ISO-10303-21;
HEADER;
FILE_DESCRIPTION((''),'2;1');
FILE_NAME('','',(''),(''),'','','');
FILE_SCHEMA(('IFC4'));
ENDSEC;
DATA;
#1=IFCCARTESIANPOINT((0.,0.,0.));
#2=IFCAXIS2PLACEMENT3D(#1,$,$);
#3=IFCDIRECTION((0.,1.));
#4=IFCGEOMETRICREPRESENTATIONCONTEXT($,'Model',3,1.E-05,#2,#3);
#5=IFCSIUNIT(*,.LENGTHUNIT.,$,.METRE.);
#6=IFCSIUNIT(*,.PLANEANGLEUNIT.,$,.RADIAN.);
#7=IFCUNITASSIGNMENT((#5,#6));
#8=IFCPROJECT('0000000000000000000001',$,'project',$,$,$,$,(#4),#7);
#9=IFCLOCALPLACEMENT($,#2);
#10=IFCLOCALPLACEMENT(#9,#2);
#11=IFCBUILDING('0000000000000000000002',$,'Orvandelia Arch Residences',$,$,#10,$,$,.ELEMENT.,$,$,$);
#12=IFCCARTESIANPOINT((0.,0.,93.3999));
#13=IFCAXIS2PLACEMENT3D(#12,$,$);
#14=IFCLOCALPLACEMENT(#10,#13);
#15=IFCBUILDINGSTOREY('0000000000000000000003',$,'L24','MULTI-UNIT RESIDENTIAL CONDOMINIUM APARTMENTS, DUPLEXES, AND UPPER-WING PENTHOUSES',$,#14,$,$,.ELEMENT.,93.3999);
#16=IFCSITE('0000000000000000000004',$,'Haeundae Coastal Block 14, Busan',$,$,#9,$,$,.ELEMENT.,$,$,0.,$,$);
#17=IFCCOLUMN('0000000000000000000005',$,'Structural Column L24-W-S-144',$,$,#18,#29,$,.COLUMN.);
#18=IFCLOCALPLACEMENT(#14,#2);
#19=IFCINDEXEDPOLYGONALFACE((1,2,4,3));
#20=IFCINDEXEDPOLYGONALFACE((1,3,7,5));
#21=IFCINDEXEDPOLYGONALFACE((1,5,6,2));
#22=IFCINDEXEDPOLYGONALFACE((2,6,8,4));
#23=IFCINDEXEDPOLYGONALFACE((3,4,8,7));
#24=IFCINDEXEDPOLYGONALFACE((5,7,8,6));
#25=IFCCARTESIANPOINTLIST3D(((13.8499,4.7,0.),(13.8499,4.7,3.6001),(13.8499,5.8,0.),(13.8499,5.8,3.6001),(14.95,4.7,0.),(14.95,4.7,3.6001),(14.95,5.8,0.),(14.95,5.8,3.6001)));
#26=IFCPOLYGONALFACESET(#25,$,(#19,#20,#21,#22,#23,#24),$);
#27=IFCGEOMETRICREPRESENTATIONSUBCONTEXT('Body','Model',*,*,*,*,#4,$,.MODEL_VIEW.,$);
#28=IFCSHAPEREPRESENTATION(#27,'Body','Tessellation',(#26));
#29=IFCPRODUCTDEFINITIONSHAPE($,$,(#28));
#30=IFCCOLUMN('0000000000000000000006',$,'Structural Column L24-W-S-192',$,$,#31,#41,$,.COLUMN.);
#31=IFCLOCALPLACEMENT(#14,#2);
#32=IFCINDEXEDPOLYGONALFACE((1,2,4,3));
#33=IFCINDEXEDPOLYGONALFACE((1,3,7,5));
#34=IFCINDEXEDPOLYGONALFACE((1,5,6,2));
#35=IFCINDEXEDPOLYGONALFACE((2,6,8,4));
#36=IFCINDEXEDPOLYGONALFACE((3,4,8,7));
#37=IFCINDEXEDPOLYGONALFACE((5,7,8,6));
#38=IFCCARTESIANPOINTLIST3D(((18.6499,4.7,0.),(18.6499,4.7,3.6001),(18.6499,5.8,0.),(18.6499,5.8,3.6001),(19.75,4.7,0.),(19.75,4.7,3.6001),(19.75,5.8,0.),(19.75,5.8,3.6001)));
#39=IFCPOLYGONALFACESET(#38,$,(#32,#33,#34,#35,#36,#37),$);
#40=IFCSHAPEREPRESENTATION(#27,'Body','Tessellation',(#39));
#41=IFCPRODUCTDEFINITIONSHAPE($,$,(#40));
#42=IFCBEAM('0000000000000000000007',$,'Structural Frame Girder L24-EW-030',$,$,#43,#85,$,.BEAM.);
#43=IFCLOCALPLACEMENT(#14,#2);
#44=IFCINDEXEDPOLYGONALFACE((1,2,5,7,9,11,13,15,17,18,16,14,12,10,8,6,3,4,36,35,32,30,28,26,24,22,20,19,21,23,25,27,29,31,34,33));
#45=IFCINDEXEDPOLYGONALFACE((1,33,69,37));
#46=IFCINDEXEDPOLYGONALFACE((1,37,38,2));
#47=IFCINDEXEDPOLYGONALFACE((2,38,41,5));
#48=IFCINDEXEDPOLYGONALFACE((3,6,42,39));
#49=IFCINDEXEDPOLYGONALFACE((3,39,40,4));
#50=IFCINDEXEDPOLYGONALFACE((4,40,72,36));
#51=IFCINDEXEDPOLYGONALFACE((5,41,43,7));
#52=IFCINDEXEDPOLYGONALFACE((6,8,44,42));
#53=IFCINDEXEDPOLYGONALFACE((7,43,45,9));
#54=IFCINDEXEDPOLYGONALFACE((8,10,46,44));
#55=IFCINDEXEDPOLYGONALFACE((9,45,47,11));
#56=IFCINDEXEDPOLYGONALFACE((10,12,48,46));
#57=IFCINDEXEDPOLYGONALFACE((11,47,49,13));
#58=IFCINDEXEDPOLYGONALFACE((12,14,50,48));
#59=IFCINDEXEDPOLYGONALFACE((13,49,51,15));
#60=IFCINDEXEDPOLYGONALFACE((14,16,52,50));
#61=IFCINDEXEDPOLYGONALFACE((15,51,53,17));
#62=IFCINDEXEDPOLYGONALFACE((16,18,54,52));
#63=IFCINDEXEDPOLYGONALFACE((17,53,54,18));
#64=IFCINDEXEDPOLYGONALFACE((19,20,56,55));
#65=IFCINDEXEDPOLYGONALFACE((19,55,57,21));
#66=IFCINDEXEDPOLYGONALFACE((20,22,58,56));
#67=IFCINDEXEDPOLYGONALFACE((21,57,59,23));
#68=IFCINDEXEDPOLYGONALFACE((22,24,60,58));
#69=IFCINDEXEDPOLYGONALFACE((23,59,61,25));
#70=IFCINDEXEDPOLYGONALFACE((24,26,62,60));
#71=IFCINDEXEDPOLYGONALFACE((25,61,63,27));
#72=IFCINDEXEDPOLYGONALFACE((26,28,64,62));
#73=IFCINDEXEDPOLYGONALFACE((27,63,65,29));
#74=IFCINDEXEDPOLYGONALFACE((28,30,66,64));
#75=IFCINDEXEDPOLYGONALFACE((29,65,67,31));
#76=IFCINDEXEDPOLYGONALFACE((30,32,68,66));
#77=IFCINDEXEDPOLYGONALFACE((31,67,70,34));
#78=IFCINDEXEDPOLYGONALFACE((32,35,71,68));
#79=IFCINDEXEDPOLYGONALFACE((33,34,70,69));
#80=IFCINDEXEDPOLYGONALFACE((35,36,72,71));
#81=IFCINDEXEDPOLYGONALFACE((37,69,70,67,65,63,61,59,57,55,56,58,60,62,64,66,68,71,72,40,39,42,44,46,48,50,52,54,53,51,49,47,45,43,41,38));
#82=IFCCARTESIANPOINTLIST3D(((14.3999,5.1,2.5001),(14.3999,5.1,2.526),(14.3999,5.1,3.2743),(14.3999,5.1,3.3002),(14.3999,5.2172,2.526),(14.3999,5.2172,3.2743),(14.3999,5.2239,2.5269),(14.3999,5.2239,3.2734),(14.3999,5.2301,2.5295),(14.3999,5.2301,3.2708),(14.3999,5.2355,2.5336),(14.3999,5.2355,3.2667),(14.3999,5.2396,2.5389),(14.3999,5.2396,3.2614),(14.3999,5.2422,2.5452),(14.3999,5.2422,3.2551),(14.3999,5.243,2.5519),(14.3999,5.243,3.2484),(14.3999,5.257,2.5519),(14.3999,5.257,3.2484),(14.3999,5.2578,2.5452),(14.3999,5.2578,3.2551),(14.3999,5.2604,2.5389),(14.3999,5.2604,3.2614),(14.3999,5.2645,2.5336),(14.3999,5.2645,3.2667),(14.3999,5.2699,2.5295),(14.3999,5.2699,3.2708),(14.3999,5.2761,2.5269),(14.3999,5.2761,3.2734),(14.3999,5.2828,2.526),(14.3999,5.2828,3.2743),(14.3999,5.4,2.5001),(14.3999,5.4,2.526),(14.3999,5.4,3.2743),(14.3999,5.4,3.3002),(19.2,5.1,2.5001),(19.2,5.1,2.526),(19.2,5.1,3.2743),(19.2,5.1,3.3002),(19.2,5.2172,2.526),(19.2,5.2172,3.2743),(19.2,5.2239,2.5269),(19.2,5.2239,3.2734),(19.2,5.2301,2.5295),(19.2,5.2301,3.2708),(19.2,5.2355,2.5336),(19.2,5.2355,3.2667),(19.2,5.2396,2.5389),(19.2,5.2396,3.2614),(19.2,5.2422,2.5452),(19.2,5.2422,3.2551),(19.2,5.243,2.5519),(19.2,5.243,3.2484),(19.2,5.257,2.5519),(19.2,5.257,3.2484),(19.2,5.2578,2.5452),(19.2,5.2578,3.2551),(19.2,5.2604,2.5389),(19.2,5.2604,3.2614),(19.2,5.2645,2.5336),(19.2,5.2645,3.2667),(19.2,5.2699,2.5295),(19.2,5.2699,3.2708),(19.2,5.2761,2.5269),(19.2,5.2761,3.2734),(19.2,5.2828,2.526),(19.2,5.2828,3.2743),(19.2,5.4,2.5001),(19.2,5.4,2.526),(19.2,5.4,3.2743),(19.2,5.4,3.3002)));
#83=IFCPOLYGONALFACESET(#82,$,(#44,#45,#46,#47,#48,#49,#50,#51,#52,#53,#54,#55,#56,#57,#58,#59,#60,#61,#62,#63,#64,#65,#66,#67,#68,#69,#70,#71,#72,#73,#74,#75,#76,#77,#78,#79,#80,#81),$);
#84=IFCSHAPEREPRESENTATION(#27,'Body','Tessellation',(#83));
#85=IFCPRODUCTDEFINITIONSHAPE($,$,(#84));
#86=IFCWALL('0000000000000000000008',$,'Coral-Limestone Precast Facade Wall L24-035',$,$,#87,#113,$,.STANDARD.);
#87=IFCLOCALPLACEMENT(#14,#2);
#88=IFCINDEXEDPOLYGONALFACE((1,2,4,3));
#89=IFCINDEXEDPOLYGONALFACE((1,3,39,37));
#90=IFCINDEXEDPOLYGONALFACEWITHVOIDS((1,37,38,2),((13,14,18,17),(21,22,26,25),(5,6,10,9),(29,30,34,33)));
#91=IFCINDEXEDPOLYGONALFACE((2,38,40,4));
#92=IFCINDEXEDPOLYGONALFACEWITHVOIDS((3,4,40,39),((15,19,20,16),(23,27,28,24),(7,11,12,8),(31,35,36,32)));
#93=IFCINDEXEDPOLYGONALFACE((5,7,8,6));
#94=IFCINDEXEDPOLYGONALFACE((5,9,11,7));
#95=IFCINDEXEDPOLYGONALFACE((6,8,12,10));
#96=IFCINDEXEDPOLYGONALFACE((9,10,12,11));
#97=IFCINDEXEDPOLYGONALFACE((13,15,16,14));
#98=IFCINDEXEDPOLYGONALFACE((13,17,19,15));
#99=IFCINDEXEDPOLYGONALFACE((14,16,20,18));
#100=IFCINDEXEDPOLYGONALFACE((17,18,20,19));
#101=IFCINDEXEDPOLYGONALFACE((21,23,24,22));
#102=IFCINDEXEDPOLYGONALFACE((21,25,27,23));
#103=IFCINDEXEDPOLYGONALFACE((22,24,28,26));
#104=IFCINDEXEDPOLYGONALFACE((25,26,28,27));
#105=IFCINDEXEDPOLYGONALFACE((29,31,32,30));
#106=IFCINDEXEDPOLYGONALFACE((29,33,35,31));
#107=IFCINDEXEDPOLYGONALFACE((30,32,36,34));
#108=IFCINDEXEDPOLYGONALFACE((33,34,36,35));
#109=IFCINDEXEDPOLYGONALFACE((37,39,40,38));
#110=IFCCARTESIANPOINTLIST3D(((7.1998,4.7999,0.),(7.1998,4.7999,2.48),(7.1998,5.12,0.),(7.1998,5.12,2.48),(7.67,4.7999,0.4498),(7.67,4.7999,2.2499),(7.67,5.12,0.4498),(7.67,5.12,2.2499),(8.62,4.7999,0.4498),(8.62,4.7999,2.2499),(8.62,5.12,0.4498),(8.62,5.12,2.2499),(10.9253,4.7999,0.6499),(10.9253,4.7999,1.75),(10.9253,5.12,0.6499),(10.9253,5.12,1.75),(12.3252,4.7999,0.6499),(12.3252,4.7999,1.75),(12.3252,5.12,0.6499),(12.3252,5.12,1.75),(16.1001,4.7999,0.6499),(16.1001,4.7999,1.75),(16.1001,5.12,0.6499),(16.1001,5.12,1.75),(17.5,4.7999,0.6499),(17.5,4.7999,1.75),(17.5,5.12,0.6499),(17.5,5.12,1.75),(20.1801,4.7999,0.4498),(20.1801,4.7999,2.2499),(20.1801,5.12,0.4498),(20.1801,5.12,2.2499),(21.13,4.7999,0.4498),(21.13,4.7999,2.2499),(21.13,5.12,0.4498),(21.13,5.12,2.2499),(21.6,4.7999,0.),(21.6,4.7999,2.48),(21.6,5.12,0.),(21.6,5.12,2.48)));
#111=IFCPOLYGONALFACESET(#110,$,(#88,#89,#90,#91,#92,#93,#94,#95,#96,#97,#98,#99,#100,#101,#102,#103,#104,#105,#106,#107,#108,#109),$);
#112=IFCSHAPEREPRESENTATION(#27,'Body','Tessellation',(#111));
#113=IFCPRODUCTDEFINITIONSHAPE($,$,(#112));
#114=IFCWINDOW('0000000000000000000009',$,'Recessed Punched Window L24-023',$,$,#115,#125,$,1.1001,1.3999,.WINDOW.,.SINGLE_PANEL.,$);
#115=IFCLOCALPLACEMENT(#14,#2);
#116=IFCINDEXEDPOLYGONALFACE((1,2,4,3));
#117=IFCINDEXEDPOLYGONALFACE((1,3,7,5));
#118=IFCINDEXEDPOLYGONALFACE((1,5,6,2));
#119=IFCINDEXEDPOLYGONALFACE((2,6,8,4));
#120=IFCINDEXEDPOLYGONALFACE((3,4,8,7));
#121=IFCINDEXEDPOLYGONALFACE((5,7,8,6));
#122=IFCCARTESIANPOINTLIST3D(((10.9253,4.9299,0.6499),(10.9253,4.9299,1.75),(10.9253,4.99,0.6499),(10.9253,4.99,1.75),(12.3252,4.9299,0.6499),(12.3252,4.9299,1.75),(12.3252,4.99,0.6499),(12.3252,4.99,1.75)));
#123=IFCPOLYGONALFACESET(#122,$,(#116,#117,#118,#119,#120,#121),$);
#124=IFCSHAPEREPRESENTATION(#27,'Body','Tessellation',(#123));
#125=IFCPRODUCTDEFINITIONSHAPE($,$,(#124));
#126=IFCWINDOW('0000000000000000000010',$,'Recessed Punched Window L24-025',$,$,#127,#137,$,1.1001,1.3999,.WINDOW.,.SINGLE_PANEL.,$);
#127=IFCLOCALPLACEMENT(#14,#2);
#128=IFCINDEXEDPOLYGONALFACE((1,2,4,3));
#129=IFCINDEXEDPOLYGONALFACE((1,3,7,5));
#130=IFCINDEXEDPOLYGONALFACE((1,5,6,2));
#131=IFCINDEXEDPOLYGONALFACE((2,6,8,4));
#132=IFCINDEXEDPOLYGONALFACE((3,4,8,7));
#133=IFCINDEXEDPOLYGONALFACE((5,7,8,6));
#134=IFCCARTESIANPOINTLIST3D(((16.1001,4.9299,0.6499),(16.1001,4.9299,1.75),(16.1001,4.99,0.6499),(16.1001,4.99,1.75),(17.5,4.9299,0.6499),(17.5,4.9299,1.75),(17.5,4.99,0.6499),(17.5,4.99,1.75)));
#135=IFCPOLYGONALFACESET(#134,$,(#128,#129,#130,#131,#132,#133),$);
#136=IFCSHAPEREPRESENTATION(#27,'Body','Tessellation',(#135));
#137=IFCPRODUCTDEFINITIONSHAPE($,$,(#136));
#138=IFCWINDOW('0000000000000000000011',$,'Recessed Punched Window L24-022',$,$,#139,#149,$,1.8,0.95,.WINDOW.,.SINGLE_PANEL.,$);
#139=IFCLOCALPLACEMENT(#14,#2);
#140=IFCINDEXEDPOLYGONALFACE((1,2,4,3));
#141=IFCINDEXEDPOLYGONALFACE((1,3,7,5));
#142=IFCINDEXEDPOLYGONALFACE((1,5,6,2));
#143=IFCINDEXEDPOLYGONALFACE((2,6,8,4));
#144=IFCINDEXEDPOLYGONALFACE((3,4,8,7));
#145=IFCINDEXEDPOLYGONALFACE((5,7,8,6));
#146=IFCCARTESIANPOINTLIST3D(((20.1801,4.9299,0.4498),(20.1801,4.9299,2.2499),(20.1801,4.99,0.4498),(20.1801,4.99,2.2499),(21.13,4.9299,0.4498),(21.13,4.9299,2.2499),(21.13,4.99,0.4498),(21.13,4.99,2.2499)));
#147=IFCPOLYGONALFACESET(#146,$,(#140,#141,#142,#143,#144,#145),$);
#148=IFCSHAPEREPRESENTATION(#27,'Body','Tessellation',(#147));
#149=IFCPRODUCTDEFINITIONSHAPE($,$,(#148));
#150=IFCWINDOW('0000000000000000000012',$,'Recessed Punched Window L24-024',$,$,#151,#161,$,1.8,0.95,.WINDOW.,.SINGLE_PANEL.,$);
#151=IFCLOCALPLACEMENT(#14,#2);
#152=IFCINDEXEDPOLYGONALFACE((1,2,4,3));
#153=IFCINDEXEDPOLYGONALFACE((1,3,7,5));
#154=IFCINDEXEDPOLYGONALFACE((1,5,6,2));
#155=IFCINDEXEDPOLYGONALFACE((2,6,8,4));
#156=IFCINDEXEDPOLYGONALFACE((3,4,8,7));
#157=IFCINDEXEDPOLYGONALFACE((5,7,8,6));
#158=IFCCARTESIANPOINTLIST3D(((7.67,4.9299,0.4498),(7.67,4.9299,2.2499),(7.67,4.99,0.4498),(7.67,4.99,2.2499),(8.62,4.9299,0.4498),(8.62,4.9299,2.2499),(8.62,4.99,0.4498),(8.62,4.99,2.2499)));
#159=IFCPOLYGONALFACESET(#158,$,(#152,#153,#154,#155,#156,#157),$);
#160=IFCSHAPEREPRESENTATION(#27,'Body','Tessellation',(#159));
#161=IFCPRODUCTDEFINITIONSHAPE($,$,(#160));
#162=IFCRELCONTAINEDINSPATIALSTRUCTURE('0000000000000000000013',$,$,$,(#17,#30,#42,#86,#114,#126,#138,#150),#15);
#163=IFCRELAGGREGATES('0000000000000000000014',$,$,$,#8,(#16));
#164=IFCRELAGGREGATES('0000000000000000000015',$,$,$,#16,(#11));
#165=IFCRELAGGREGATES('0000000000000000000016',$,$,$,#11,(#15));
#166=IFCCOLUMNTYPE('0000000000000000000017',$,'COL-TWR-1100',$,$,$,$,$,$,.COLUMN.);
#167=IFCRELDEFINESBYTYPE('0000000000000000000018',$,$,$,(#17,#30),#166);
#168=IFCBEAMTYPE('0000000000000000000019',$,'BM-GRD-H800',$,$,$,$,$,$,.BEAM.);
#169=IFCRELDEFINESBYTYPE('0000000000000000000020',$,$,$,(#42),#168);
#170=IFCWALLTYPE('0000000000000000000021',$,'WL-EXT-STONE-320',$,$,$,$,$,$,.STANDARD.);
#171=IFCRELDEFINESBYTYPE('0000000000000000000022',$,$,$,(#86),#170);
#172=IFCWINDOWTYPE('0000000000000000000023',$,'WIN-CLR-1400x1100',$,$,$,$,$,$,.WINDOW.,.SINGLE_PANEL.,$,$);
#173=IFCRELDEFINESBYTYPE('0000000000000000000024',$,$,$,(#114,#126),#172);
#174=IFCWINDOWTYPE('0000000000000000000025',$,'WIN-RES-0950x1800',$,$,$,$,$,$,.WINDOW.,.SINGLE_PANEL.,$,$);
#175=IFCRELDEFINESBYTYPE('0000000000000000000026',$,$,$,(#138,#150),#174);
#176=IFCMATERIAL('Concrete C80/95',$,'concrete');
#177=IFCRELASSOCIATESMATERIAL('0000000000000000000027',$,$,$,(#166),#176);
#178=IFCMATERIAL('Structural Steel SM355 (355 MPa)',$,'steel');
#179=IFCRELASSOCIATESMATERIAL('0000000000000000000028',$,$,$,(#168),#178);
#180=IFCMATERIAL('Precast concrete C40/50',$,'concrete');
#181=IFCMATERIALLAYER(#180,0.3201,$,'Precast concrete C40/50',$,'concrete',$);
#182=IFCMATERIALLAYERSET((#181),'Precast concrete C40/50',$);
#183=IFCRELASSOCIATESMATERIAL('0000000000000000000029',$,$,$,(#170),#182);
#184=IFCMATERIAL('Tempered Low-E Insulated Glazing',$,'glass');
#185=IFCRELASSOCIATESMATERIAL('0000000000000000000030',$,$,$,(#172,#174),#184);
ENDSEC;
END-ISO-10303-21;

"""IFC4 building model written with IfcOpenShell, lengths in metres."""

from ifc_helpers import new_model, si_unit, direction, frame, frame_2d, origin, origin_2d, place, context, subcontext, project, spatial, rectangle, i_section, extrude, material, layer, layer_set, material_profile, profile_set, type_object, element, fill, save


model = new_model("IFC4")

# Units and contexts
model_context = context("Model", 3, precision=1e-05, world=origin(), true_north=direction((0.0, 1.0)))
body_context = subcontext(model_context, "Body", "Model", "MODEL_VIEW")
ifc_project = project(units=[si_unit("LENGTHUNIT", "METRE"), si_unit("PLANEANGLEUNIT", "RADIAN")], contexts=[model_context])

# Site, building, storey
site_placement = place(None, origin())
site = spatial("IfcSite", under=ifc_project, at=site_placement, Name="Haeundae Coastal Block 14, Busan", CompositionType="ELEMENT", RefElevation=0.0)
building_placement = place(site_placement, origin())
building = spatial("IfcBuilding", under=site, at=building_placement, Name="Orvandelia Arch Residences", CompositionType="ELEMENT")
storey_placement = place(building_placement, frame((0.0, 0.0, 93.3999)))
storey = spatial("IfcBuildingStorey", under=building, at=storey_placement, Name="L24", Description="MULTI-UNIT RESIDENTIAL CONDOMINIUM APARTMENTS, DUPLEXES, AND UPPER-WING PENTHOUSES", CompositionType="ELEMENT", Elevation=93.3999)

# Columns
ifc_material_1 = material(Name="Concrete C80/95", Category="concrete")
ifc_material_profile_1 = material_profile(ifc_material_1, rectangle(XDim=1.1001, YDim=1.1001, at=origin_2d()), Name="Concrete C80/95", Category="concrete")
ifc_profile_set_1 = profile_set([ifc_material_profile_1], Name="Concrete C80/95")
column_type = type_object("IfcColumnType", Name="COL-TWR-1100", PredefinedType="COLUMN", material=ifc_profile_set_1)
for number, where, z_axis, x_axis, name in (
    (1, (14.3999, 5.25, 0.0), (0.0, 0.0, 1.0), (1.0, 0.0, 0.0), "Structural Column L24-W-S-144"),
    (2, (19.2, 5.25, 0.0), (0.0, 0.0, 1.0), (1.0, 0.0, 0.0), "Structural Column L24-W-S-192"),
):
    element("IfcColumn", number, at=place(storey_placement, frame(where, z_axis=z_axis, x_axis=x_axis)), inside=storey, type_object=column_type, Name=name, PredefinedType="COLUMN", context=body_context, shape_type="SweptSolid", body=[
        extrude(rectangle(XDim=1.1001, YDim=1.1001, at=origin_2d()), origin(), (0.0, 0.0, 1.0), 3.6001),
    ])

# Beam
ifc_material_2 = material(Name="Structural Steel SM355 (355 MPa)", Category="steel")
ifc_material_profile_2 = material_profile(ifc_material_2, i_section(OverallWidth=0.3, OverallDepth=0.8, WebThickness=0.0139, FlangeThickness=0.0259, FilletRadius=0.0259, at=origin_2d()), Name="Structural Steel SM355 (355 MPa)", Category="steel")
ifc_profile_set_2 = profile_set([ifc_material_profile_2], Name="Structural Steel SM355 (355 MPa)")
beam_type = type_object("IfcBeamType", Name="BM-GRD-H800", PredefinedType="BEAM", material=ifc_profile_set_2)
beam_placement = place(storey_placement, frame((14.3999, 5.25, 2.9001), z_axis=(1.0, 0.0, 0.0), x_axis=(0.0, 1.0, 0.0)))
element("IfcBeam", 3, at=beam_placement, inside=storey, type_object=beam_type, Name="Structural Frame Girder L24-EW-030", PredefinedType="BEAM", context=body_context, shape_type="SweptSolid", body=[
    extrude(i_section(OverallWidth=0.3, OverallDepth=0.8, WebThickness=0.0139, FlangeThickness=0.0259, FilletRadius=0.0259, at=origin_2d()), origin(), (0.0, 0.0, 1.0), 4.8),
])

# Wall, openings, windows
ifc_material_3 = material(Name="Precast concrete C40/50", Category="concrete")
ifc_layer_1 = layer(ifc_material_3, 0.3201, Name="Precast concrete C40/50", Category="concrete")
ifc_layer_set_1 = layer_set([ifc_layer_1], Name="Precast concrete C40/50")
wall_type_1 = type_object("IfcWallType", Name="WL-EXT-STONE-320", PredefinedType="STANDARD", material=ifc_layer_set_1)
wall_1_placement = place(storey_placement, frame((21.6001, 4.96, 0.0), z_axis=(0.0, 0.0, 1.0), x_axis=(-1.0, 0.0, 0.0)))
wall_1 = element("IfcWall", 4, at=wall_1_placement, inside=storey, type_object=wall_type_1, Name="Coral-Limestone Precast Facade Wall L24-035", PredefinedType="STANDARD", context=body_context, shape_type="SweptSolid", body=[
    extrude(rectangle(XDim=14.4001, YDim=0.3201, at=frame_2d((7.2002, 0.0))), origin(), (0.0, 0.0, 1.0), 2.48),
])
opening_1_placement = place(wall_1_placement, frame((0.47, 0.0, 0.45)))
opening_1 = element("IfcOpeningElement", 5, at=opening_1_placement, cuts=wall_1, PredefinedType="OPENING", context=body_context, shape_type="SweptSolid", body=[
    extrude(rectangle(XDim=0.95, YDim=1.8, at=frame_2d((0.4751, 0.8999))), frame((0.0, 0.1699, 0.0), z_axis=(0.0, -1.0, 0.0), x_axis=(1.0, 0.0, 0.0)), (0.0, 0.0, 1.0), 0.3401),
])
opening_2_placement = place(wall_1_placement, frame((9.2749, 0.0, 0.6499)))
opening_2 = element("IfcOpeningElement", 6, at=opening_2_placement, cuts=wall_1, PredefinedType="OPENING", context=body_context, shape_type="SweptSolid", body=[
    extrude(rectangle(XDim=1.3999, YDim=1.1001, at=frame_2d((0.7, 0.55))), frame((0.0, 0.1699, 0.0), z_axis=(0.0, -1.0, 0.0), x_axis=(1.0, 0.0, 0.0)), (0.0, 0.0, 1.0), 0.3401),
])
opening_3_placement = place(wall_1_placement, frame((12.98, 0.0, 0.45)))
opening_3 = element("IfcOpeningElement", 7, at=opening_3_placement, cuts=wall_1, PredefinedType="OPENING", context=body_context, shape_type="SweptSolid", body=[
    extrude(rectangle(XDim=0.95, YDim=1.8, at=frame_2d((0.4751, 0.8999))), frame((0.0, 0.1699, 0.0), z_axis=(0.0, -1.0, 0.0), x_axis=(1.0, 0.0, 0.0)), (0.0, 0.0, 1.0), 0.3401),
])
opening_4_placement = place(wall_1_placement, frame((4.1001, 0.0, 0.6499)))
opening_4 = element("IfcOpeningElement", 8, at=opening_4_placement, cuts=wall_1, PredefinedType="OPENING", context=body_context, shape_type="SweptSolid", body=[
    extrude(rectangle(XDim=1.3999, YDim=1.1001, at=frame_2d((0.7, 0.55))), frame((0.0, 0.1699, 0.0), z_axis=(0.0, -1.0, 0.0), x_axis=(1.0, 0.0, 0.0)), (0.0, 0.0, 1.0), 0.3401),
])
ifc_material_4 = material(Name="Tempered Low-E Insulated Glazing", Category="glass")
window_type_1 = type_object("IfcWindowType", Name="WIN-CLR-1400x1100", PartitioningType="SINGLE_PANEL", PredefinedType="WINDOW", material=ifc_material_4)
window_1_placement = place(opening_2_placement, origin())
window_1 = element("IfcWindow", 9, at=window_1_placement, inside=storey, type_object=window_type_1, Name="Recessed Punched Window L24-023", OverallHeight=1.1001, OverallWidth=1.3999, PartitioningType="SINGLE_PANEL", PredefinedType="WINDOW", context=body_context, shape_type="SweptSolid", body=[
    extrude(rectangle(XDim=1.3999, YDim=1.1001, at=frame_2d((0.7, 0.55))), frame((0.0, 0.03, 0.0), z_axis=(0.0, -1.0, 0.0), x_axis=(1.0, 0.0, 0.0)), (0.0, 0.0, 1.0), 0.0601),
])
fill(opening_2, window_1)
window_2_placement = place(opening_4_placement, origin())
window_2 = element("IfcWindow", 10, at=window_2_placement, inside=storey, type_object=window_type_1, Name="Recessed Punched Window L24-025", OverallHeight=1.1001, OverallWidth=1.3999, PartitioningType="SINGLE_PANEL", PredefinedType="WINDOW", context=body_context, shape_type="SweptSolid", body=[
    extrude(rectangle(XDim=1.3999, YDim=1.1001, at=frame_2d((0.7, 0.55))), frame((0.0, 0.03, 0.0), z_axis=(0.0, -1.0, 0.0), x_axis=(1.0, 0.0, 0.0)), (0.0, 0.0, 1.0), 0.0601),
])
fill(opening_4, window_2)
window_type_2 = type_object("IfcWindowType", Name="WIN-RES-0950x1800", PartitioningType="SINGLE_PANEL", PredefinedType="WINDOW", material=ifc_material_4)
window_3_placement = place(opening_1_placement, origin())
window_3 = element("IfcWindow", 11, at=window_3_placement, inside=storey, type_object=window_type_2, Name="Recessed Punched Window L24-022", OverallHeight=1.8, OverallWidth=0.95, PartitioningType="SINGLE_PANEL", PredefinedType="WINDOW", context=body_context, shape_type="SweptSolid", body=[
    extrude(rectangle(XDim=0.95, YDim=1.8, at=frame_2d((0.4751, 0.8999))), frame((0.0, 0.03, 0.0), z_axis=(0.0, -1.0, 0.0), x_axis=(1.0, 0.0, 0.0)), (0.0, 0.0, 1.0), 0.0601),
])
fill(opening_1, window_3)
window_4_placement = place(opening_3_placement, origin())
window_4 = element("IfcWindow", 12, at=window_4_placement, inside=storey, type_object=window_type_2, Name="Recessed Punched Window L24-024", OverallHeight=1.8, OverallWidth=0.95, PartitioningType="SINGLE_PANEL", PredefinedType="WINDOW", context=body_context, shape_type="SweptSolid", body=[
    extrude(rectangle(XDim=0.95, YDim=1.8, at=frame_2d((0.4751, 0.8999))), frame((0.0, 0.03, 0.0), z_axis=(0.0, -1.0, 0.0), x_axis=(1.0, 0.0, 0.0)), (0.0, 0.0, 1.0), 0.0601),
])
fill(opening_3, window_4)

save(model, "model.ifc")
